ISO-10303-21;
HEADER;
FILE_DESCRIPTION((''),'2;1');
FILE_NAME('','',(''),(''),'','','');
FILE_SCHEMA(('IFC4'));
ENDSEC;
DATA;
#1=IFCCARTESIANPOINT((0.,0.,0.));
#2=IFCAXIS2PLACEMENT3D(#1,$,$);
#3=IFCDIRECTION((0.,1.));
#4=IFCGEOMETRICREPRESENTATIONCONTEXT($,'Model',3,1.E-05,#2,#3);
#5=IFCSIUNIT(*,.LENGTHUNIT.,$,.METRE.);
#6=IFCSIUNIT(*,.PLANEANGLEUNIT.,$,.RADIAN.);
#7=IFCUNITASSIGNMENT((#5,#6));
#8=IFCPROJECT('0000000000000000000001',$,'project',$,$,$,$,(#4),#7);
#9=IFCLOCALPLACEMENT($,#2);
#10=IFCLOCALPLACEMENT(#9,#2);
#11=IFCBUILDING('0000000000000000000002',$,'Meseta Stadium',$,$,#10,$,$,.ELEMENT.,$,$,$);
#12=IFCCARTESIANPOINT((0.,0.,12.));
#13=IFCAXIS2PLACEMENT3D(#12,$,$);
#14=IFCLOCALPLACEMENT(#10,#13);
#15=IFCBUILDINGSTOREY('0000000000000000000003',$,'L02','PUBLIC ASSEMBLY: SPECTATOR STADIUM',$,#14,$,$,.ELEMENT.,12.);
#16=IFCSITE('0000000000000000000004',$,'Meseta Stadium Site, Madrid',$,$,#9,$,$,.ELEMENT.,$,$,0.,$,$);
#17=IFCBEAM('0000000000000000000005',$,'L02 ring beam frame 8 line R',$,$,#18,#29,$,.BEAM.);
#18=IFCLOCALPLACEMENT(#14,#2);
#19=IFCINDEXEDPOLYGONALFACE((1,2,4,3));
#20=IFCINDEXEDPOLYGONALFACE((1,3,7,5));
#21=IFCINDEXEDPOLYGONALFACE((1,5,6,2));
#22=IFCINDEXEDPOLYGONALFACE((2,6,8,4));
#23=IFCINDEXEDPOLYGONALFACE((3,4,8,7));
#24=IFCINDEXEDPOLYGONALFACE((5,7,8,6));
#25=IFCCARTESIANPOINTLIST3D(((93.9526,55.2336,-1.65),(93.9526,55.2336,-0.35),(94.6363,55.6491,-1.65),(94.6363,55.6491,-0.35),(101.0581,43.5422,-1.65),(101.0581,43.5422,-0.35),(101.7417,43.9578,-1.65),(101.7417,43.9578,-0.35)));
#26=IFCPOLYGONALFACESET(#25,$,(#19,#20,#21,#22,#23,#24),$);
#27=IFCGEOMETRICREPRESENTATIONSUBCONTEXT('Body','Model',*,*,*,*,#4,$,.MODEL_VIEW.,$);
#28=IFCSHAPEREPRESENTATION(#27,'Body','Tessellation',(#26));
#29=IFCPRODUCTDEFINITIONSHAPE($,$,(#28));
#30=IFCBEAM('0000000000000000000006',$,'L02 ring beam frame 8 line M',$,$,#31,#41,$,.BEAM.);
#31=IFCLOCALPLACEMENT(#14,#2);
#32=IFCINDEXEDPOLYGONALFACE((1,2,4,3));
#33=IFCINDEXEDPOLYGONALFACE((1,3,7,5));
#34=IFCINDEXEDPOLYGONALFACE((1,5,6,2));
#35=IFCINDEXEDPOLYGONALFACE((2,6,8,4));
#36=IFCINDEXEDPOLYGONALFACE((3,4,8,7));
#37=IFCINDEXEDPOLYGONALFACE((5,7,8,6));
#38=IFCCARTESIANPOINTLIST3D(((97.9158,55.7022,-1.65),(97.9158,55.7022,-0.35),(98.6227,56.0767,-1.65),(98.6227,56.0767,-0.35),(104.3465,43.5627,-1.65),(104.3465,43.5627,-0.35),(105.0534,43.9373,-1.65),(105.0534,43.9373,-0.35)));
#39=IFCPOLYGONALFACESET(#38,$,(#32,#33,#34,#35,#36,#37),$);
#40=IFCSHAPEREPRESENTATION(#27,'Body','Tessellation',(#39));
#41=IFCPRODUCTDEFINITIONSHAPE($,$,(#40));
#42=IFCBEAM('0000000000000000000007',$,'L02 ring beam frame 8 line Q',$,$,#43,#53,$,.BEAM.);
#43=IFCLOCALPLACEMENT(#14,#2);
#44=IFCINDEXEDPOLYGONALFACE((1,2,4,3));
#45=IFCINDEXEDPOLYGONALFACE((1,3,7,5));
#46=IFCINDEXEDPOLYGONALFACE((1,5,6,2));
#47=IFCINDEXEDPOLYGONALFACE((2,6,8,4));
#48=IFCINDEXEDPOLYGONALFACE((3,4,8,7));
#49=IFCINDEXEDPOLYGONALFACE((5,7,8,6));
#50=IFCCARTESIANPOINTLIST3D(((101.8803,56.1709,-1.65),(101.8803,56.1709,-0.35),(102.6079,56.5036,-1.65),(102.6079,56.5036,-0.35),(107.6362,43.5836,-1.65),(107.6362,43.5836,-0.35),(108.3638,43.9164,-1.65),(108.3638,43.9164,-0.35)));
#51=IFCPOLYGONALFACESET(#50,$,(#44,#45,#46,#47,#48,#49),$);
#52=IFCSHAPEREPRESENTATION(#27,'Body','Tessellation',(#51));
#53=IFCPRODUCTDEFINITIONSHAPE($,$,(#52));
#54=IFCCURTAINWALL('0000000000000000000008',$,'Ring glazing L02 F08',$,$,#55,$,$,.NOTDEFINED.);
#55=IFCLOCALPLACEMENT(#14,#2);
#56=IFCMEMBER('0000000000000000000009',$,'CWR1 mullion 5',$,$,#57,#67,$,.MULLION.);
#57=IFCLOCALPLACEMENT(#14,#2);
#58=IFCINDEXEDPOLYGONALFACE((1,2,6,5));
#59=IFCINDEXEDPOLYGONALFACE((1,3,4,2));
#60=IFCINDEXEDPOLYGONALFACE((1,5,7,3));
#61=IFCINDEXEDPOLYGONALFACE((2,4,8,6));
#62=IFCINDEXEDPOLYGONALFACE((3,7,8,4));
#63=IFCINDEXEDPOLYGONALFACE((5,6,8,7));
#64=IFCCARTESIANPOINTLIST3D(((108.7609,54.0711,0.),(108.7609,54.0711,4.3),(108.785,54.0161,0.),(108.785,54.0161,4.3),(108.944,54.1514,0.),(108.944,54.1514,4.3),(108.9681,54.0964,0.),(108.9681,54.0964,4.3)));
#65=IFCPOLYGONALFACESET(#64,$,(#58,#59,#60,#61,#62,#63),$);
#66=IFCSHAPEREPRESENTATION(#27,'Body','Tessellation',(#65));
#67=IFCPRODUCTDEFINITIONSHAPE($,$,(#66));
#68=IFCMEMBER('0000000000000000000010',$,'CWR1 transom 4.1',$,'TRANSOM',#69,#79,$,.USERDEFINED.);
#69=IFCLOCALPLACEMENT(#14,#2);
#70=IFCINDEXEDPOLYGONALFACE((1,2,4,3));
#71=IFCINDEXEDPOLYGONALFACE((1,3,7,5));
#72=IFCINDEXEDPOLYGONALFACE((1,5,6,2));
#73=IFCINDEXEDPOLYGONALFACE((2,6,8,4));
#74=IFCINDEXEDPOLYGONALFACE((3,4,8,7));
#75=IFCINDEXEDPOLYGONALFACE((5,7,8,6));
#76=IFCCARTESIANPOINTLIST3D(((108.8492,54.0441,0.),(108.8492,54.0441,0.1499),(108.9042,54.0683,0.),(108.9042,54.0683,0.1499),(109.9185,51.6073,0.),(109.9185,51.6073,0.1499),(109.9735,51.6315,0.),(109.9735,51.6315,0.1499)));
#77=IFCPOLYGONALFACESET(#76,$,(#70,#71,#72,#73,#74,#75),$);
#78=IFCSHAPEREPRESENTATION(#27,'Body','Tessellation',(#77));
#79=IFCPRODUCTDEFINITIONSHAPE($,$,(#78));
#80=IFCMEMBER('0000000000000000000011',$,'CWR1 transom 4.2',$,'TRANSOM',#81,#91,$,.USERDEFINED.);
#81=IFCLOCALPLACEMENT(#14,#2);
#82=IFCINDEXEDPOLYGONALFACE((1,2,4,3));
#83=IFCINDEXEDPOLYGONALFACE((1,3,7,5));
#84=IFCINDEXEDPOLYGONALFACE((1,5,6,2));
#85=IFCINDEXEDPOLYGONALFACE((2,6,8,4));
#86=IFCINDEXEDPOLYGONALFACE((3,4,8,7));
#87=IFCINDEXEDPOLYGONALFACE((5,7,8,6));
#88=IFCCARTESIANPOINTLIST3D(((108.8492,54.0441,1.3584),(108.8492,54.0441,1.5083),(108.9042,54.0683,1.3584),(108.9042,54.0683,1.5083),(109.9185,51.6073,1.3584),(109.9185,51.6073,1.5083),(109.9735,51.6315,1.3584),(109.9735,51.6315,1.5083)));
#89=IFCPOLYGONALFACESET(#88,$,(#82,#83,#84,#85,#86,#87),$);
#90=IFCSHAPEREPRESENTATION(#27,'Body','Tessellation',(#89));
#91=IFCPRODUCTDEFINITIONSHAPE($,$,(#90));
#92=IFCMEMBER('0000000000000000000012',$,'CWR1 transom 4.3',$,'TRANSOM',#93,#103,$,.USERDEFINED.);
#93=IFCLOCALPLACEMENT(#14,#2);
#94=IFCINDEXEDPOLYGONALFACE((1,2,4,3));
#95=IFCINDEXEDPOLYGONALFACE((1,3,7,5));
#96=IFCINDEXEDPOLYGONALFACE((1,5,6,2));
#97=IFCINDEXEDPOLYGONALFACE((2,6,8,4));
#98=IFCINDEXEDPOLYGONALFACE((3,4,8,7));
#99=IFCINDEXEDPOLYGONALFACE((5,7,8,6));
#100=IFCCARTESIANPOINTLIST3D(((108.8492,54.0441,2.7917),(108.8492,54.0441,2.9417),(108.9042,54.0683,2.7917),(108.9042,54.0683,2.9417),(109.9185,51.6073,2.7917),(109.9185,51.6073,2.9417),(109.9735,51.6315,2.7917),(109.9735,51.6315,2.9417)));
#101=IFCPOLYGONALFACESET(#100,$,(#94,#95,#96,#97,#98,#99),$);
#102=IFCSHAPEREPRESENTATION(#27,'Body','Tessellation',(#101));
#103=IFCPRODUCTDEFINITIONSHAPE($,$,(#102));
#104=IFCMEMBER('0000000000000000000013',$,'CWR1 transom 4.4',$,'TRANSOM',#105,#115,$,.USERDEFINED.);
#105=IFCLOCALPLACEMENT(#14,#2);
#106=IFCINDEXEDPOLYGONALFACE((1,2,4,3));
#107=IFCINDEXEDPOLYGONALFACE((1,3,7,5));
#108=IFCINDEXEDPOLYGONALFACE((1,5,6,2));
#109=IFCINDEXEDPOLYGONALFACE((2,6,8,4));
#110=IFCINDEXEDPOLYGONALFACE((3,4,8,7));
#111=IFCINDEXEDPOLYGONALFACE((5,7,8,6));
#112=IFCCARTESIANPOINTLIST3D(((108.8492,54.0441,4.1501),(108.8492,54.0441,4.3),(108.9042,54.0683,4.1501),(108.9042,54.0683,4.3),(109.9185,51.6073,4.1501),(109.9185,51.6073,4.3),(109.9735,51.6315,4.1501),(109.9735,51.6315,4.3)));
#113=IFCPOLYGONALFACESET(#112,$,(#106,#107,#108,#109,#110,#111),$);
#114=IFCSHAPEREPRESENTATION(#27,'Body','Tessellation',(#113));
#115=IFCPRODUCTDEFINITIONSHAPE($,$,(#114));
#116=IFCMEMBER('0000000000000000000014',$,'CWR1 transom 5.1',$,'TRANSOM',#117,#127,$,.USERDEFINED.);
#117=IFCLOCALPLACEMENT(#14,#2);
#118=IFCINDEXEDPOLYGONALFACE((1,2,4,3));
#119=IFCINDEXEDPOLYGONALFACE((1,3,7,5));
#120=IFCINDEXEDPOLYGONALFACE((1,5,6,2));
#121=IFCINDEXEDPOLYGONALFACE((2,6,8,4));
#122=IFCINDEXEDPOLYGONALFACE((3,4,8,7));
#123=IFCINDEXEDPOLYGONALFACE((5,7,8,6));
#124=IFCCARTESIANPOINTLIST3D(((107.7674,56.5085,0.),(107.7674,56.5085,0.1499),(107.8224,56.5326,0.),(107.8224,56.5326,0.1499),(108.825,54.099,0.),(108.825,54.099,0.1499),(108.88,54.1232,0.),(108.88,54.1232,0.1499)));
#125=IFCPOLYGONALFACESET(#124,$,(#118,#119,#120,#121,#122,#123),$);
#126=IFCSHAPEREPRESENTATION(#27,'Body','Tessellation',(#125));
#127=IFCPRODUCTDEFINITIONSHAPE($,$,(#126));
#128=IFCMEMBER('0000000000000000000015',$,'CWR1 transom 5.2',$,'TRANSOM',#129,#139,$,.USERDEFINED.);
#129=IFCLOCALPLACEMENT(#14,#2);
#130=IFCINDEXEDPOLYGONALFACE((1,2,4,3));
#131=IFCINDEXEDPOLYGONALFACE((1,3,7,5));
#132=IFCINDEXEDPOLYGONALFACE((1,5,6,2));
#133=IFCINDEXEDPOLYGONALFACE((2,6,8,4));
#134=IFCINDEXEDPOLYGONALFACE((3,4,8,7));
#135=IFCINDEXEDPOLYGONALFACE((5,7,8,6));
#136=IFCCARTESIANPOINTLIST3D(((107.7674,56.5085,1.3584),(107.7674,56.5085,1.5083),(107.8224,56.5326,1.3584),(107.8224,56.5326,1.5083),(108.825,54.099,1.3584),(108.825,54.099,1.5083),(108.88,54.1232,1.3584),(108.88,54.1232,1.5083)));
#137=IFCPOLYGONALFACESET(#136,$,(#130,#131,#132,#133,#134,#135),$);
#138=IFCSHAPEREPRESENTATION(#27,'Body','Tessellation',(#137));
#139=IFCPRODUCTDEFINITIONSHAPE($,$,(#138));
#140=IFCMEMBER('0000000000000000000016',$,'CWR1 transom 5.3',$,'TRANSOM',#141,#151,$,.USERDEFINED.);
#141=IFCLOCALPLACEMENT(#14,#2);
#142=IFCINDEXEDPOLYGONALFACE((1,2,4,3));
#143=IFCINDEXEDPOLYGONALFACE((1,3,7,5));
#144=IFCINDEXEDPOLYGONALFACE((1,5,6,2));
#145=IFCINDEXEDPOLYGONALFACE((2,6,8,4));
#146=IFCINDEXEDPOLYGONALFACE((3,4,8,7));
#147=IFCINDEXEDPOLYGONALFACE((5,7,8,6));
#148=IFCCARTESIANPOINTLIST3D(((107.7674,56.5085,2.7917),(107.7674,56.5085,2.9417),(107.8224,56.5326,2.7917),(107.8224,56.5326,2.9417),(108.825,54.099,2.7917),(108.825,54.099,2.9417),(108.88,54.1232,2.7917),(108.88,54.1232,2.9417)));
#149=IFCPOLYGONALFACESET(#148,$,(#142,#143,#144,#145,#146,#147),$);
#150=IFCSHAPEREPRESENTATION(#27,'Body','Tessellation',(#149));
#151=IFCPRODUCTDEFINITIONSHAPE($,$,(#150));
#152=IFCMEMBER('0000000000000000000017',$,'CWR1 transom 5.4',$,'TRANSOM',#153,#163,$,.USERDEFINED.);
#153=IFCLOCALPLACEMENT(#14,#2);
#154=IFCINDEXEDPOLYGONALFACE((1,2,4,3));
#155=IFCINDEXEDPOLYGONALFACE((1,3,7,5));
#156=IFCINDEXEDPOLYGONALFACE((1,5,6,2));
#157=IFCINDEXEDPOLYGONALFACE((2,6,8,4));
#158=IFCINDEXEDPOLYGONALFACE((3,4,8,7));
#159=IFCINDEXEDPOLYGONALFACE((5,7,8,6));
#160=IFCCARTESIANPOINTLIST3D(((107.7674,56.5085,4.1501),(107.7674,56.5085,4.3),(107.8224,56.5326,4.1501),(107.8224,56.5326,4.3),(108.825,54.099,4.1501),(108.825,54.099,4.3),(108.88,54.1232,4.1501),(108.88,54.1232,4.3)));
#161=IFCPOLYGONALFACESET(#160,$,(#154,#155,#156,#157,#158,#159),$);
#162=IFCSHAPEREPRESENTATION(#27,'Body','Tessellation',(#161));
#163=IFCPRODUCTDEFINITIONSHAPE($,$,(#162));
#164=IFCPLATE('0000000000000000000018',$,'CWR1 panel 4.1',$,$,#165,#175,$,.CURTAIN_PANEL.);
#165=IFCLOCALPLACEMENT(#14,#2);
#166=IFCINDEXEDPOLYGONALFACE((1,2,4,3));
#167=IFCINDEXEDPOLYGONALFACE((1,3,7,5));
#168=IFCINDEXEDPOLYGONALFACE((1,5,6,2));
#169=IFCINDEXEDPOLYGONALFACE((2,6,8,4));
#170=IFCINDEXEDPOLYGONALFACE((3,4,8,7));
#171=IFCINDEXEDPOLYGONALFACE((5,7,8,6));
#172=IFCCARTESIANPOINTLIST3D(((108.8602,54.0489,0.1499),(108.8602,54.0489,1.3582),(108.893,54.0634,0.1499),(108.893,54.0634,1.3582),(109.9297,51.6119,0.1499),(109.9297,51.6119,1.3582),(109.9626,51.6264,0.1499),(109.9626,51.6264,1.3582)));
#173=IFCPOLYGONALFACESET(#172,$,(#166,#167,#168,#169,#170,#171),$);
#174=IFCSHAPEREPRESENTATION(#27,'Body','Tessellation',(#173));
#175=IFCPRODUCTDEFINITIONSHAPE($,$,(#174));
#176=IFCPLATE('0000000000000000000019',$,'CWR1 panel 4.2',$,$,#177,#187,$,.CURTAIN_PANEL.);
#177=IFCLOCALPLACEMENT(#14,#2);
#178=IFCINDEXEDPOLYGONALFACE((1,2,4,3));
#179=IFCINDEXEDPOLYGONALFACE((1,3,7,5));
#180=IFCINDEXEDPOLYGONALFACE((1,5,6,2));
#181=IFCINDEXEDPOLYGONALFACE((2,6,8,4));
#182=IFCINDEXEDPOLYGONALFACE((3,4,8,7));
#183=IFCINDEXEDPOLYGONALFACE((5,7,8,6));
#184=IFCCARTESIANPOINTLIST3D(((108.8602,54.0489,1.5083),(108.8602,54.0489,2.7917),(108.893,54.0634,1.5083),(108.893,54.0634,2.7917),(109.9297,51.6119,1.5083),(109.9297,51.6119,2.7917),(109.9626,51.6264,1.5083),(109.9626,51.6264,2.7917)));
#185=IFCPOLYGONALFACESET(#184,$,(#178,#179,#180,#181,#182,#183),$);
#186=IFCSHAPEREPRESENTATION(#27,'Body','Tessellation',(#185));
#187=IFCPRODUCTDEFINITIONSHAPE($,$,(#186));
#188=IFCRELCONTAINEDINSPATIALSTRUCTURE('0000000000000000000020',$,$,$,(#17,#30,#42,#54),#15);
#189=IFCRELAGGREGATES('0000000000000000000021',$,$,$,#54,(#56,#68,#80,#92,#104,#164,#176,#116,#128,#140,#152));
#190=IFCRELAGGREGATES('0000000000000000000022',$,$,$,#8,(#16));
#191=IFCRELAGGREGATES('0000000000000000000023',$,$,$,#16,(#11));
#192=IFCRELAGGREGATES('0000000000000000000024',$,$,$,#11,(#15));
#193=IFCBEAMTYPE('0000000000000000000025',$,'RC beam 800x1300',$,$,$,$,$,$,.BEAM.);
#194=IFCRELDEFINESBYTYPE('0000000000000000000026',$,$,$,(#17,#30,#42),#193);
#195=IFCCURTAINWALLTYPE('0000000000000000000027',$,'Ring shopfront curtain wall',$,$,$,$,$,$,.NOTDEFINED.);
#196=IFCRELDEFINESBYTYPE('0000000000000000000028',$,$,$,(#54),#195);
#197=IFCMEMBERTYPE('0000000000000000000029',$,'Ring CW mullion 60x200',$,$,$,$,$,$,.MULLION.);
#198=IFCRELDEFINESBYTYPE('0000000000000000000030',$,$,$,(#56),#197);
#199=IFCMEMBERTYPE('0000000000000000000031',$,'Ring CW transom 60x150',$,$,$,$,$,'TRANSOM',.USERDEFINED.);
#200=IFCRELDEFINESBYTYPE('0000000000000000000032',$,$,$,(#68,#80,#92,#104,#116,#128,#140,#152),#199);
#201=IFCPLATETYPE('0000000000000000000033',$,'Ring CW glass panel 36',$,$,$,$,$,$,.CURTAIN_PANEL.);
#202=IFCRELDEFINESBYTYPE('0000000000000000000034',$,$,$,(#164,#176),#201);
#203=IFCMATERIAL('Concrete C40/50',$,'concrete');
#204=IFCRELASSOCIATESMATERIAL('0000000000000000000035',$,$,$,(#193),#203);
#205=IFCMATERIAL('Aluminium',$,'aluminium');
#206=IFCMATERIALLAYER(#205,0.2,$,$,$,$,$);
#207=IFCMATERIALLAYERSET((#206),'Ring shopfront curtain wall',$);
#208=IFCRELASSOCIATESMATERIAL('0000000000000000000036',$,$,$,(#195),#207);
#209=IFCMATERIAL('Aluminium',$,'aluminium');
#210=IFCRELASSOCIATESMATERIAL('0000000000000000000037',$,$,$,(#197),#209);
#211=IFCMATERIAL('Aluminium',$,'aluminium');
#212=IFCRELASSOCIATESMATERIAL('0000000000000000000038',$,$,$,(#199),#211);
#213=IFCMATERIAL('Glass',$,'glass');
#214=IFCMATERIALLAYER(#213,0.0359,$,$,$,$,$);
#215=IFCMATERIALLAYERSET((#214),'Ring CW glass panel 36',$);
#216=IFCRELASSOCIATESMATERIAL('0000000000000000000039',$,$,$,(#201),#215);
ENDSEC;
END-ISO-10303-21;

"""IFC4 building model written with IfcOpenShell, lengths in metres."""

from ifc_helpers import new_model, si_unit, direction, frame, origin, origin_2d, place, context, subcontext, project, spatial, rectangle, extrude, material, layer, layer_set, material_profile, profile_set, type_object, element, aggregate, save


model = new_model("IFC4")

# Units and contexts
model_context = context("Model", 3, precision=1e-05, world=origin(), true_north=direction((0.0, 1.0)))
body_context = subcontext(model_context, "Body", "Model", "MODEL_VIEW")
ifc_project = project(units=[si_unit("LENGTHUNIT", "METRE"), si_unit("PLANEANGLEUNIT", "RADIAN")], contexts=[model_context])

# Site, building, storey
site_placement = place(None, origin())
site = spatial("IfcSite", under=ifc_project, at=site_placement, Name="Meseta Stadium Site, Madrid", CompositionType="ELEMENT", RefElevation=0.0)
building_placement = place(site_placement, origin())
building = spatial("IfcBuilding", under=site, at=building_placement, Name="Meseta Stadium", CompositionType="ELEMENT")
storey_placement = place(building_placement, frame((0.0, 0.0, 12.0)))
storey = spatial("IfcBuildingStorey", under=building, at=storey_placement, Name="L02", Description="PUBLIC ASSEMBLY: SPECTATOR STADIUM", CompositionType="ELEMENT", Elevation=12.0)

# Beams
ifc_material_1 = material(Name="Concrete C40/50", Category="concrete")
ifc_material_profile_1 = material_profile(ifc_material_1, rectangle(XDim=0.8, YDim=1.3, at=origin_2d()), Name="RC 800x1300")
ifc_profile_set_1 = profile_set([ifc_material_profile_1], Name="Concrete C40/50")
beam_type_1 = type_object("IfcBeamType", Name="RC beam 800x1300", PredefinedType="BEAM", material=ifc_profile_set_1)
beam_1_placement = place(storey_placement, frame((101.3999, 43.75, -1.0), z_axis=(-0.519358, 0.854557, 0.0), x_axis=(-0.854557, -0.519358, 0.0)))
element("IfcBeam", 1, at=beam_1_placement, inside=storey, type_object=beam_type_1, Name="L02 ring beam frame 8 line R", PredefinedType="BEAM", context=body_context, shape_type="SweptSolid", body=[
    extrude(rectangle(XDim=0.8, YDim=1.3, at=origin_2d()), origin(), (0.0, 0.0, 1.0), 13.6812),
])
beam_2_placement = place(storey_placement, frame((104.7, 43.75, -1.0), z_axis=(-0.468111, 0.88367, 0.0), x_axis=(-0.88367, -0.468111, 0.0)))
element("IfcBeam", 2, at=beam_2_placement, inside=storey, type_object=beam_type_1, Name="L02 ring beam frame 8 line M", PredefinedType="BEAM", context=body_context, shape_type="SweptSolid", body=[
    extrude(rectangle(XDim=0.8, YDim=1.3, at=origin_2d()), origin(), (0.0, 0.0, 1.0), 13.7375),
])
beam_3_placement = place(storey_placement, frame((108.0, 43.75, -1.0), z_axis=(-0.415863, 0.909427, 0.0), x_axis=(-0.909427, -0.415863, 0.0)))
element("IfcBeam", 3, at=beam_3_placement, inside=storey, type_object=beam_type_1, Name="L02 ring beam frame 8 line Q", PredefinedType="BEAM", context=body_context, shape_type="SweptSolid", body=[
    extrude(rectangle(XDim=0.8, YDim=1.3, at=origin_2d()), origin(), (0.0, 0.0, 1.0), 13.8408),
])

# Curtain wall, members, plates
ifc_material_2 = material(Name="Aluminium", Category="aluminium")
ifc_layer_1 = layer(ifc_material_2, 0.2)
ifc_layer_set_1 = layer_set([ifc_layer_1], Name="Ring shopfront curtain wall")
curtain_wall_type = type_object("IfcCurtainWallType", Name="Ring shopfront curtain wall", PredefinedType="NOTDEFINED", material=ifc_layer_set_1)
curtain_wall_placement = place(storey_placement, origin())
curtain_wall = element("IfcCurtainWall", 4, at=curtain_wall_placement, inside=storey, type_object=curtain_wall_type, Name="Ring glazing L02 F08", PredefinedType="NOTDEFINED")
ifc_material_3 = material(Name="Aluminium", Category="aluminium")
ifc_material_profile_2 = material_profile(ifc_material_3, rectangle(XDim=0.2, YDim=0.0601, at=origin_2d()), Name="CW 200x60")
ifc_profile_set_2 = profile_set([ifc_material_profile_2], Name="Aluminium")
member_type_1 = type_object("IfcMemberType", Name="Ring CW mullion 60x200", PredefinedType="MULLION", material=ifc_profile_set_2)
member_1_placement = place(storey_placement, frame((108.8645, 54.0837, 0.0), z_axis=(0.0, 0.0, 1.0), x_axis=(-0.915687, -0.401892, 0.0)))
member_1 = element("IfcMember", 5, at=member_1_placement, type_object=member_type_1, Name="CWR1 mullion 5", PredefinedType="MULLION", context=body_context, shape_type="SweptSolid", body=[
    extrude(rectangle(XDim=0.2, YDim=0.0601, at=origin_2d()), origin(), (0.0, 0.0, 1.0), 4.3),
])
ifc_material_4 = material(Name="Aluminium", Category="aluminium")
ifc_material_profile_3 = material_profile(ifc_material_4, rectangle(XDim=0.0601, YDim=0.1499, at=origin_2d()), Name="CW 60x150")
ifc_profile_set_3 = profile_set([ifc_material_profile_3], Name="Aluminium")
member_type_2 = type_object("IfcMemberType", Name="Ring CW transom 60x150", ElementType="TRANSOM", PredefinedType="USERDEFINED", material=ifc_profile_set_3)
member_2_placement = place(storey_placement, frame((109.946, 51.6194, 0.075), z_axis=(-0.401844, 0.915708, 0.0), x_axis=(-0.915708, -0.401844, 0.0)))
member_2 = element("IfcMember", 6, at=member_2_placement, type_object=member_type_2, Name="CWR1 transom 4.1", ObjectType="TRANSOM", PredefinedType="USERDEFINED", context=body_context, shape_type="SweptSolid", body=[
    extrude(rectangle(XDim=0.0601, YDim=0.1499, at=origin_2d()), origin(), (0.0, 0.0, 1.0), 2.6611),
])
member_3_placement = place(storey_placement, frame((109.946, 51.6194, 1.4333), z_axis=(-0.401844, 0.915708, 0.0), x_axis=(-0.915708, -0.401844, 0.0)))
member_3 = element("IfcMember", 7, at=member_3_placement, type_object=member_type_2, Name="CWR1 transom 4.2", ObjectType="TRANSOM", PredefinedType="USERDEFINED", context=body_context, shape_type="SweptSolid", body=[
    extrude(rectangle(XDim=0.0601, YDim=0.1499, at=origin_2d()), origin(), (0.0, 0.0, 1.0), 2.6611),
])
member_4_placement = place(storey_placement, frame((109.946, 51.6194, 2.8667), z_axis=(-0.401844, 0.915708, 0.0), x_axis=(-0.915708, -0.401844, 0.0)))
member_4 = element("IfcMember", 8, at=member_4_placement, type_object=member_type_2, Name="CWR1 transom 4.3", ObjectType="TRANSOM", PredefinedType="USERDEFINED", context=body_context, shape_type="SweptSolid", body=[
    extrude(rectangle(XDim=0.0601, YDim=0.1499, at=origin_2d()), origin(), (0.0, 0.0, 1.0), 2.6611),
])
member_5_placement = place(storey_placement, frame((109.946, 51.6194, 4.2251), z_axis=(-0.401844, 0.915708, 0.0), x_axis=(-0.915708, -0.401844, 0.0)))
member_5 = element("IfcMember", 9, at=member_5_placement, type_object=member_type_2, Name="CWR1 transom 4.4", ObjectType="TRANSOM", PredefinedType="USERDEFINED", context=body_context, shape_type="SweptSolid", body=[
    extrude(rectangle(XDim=0.0601, YDim=0.1499, at=origin_2d()), origin(), (0.0, 0.0, 1.0), 2.6611),
])
member_6_placement = place(storey_placement, frame((108.8525, 54.1111, 0.075), z_axis=(-0.401933, 0.915669, 0.0), x_axis=(-0.915669, -0.401933, 0.0)))
member_6 = element("IfcMember", 10, at=member_6_placement, type_object=member_type_2, Name="CWR1 transom 5.1", ObjectType="TRANSOM", PredefinedType="USERDEFINED", context=body_context, shape_type="SweptSolid", body=[
    extrude(rectangle(XDim=0.0601, YDim=0.1499, at=origin_2d()), origin(), (0.0, 0.0, 1.0), 2.6313),
])
member_7_placement = place(storey_placement, frame((108.8525, 54.1111, 1.4333), z_axis=(-0.401933, 0.915669, 0.0), x_axis=(-0.915669, -0.401933, 0.0)))
member_7 = element("IfcMember", 11, at=member_7_placement, type_object=member_type_2, Name="CWR1 transom 5.2", ObjectType="TRANSOM", PredefinedType="USERDEFINED", context=body_context, shape_type="SweptSolid", body=[
    extrude(rectangle(XDim=0.0601, YDim=0.1499, at=origin_2d()), origin(), (0.0, 0.0, 1.0), 2.6313),
])
member_8_placement = place(storey_placement, frame((108.8525, 54.1111, 2.8667), z_axis=(-0.401933, 0.915669, 0.0), x_axis=(-0.915669, -0.401933, 0.0)))
member_8 = element("IfcMember", 12, at=member_8_placement, type_object=member_type_2, Name="CWR1 transom 5.3", ObjectType="TRANSOM", PredefinedType="USERDEFINED", context=body_context, shape_type="SweptSolid", body=[
    extrude(rectangle(XDim=0.0601, YDim=0.1499, at=origin_2d()), origin(), (0.0, 0.0, 1.0), 2.6313),
])
member_9_placement = place(storey_placement, frame((108.8525, 54.1111, 4.2251), z_axis=(-0.401933, 0.915669, 0.0), x_axis=(-0.915669, -0.401933, 0.0)))
member_9 = element("IfcMember", 13, at=member_9_placement, type_object=member_type_2, Name="CWR1 transom 5.4", ObjectType="TRANSOM", PredefinedType="USERDEFINED", context=body_context, shape_type="SweptSolid", body=[
    extrude(rectangle(XDim=0.0601, YDim=0.1499, at=origin_2d()), origin(), (0.0, 0.0, 1.0), 2.6313),
])
ifc_material_5 = material(Name="Glass", Category="glass")
ifc_layer_2 = layer(ifc_material_5, 0.0359)
ifc_layer_set_2 = layer_set([ifc_layer_2], Name="Ring CW glass panel 36")
plate_type_1 = type_object("IfcPlateType", Name="Ring CW glass panel 36", PredefinedType="CURTAIN_PANEL", material=ifc_layer_set_2)
plate_1_placement = place(storey_placement, frame((109.4114, 52.8376, 0.1499), z_axis=(0.0, 0.0, 1.0), x_axis=(-0.401892, 0.915687, 0.0)))
plate_1 = element("IfcPlate", 14, at=plate_1_placement, type_object=plate_type_1, Name="CWR1 panel 4.1", PredefinedType="CURTAIN_PANEL", context=body_context, shape_type="SweptSolid", body=[
    extrude(rectangle(XDim=2.6614, YDim=0.0359, at=origin_2d()), origin(), (0.0, 0.0, 1.0), 1.2083),
])
plate_2_placement = place(storey_placement, frame((109.4114, 52.8376, 1.5083), z_axis=(0.0, 0.0, 1.0), x_axis=(-0.401892, 0.915687, 0.0)))
plate_2 = element("IfcPlate", 15, at=plate_2_placement, type_object=plate_type_1, Name="CWR1 panel 4.2", PredefinedType="CURTAIN_PANEL", context=body_context, shape_type="SweptSolid", body=[
    extrude(rectangle(XDim=2.6614, YDim=0.0359, at=origin_2d()), origin(), (0.0, 0.0, 1.0), 1.2834),
])
aggregate(curtain_wall, [member_1, member_2, member_3, member_4, member_5, plate_1, plate_2, member_6, member_7, member_8, member_9])

save(model, "model.ifc")
